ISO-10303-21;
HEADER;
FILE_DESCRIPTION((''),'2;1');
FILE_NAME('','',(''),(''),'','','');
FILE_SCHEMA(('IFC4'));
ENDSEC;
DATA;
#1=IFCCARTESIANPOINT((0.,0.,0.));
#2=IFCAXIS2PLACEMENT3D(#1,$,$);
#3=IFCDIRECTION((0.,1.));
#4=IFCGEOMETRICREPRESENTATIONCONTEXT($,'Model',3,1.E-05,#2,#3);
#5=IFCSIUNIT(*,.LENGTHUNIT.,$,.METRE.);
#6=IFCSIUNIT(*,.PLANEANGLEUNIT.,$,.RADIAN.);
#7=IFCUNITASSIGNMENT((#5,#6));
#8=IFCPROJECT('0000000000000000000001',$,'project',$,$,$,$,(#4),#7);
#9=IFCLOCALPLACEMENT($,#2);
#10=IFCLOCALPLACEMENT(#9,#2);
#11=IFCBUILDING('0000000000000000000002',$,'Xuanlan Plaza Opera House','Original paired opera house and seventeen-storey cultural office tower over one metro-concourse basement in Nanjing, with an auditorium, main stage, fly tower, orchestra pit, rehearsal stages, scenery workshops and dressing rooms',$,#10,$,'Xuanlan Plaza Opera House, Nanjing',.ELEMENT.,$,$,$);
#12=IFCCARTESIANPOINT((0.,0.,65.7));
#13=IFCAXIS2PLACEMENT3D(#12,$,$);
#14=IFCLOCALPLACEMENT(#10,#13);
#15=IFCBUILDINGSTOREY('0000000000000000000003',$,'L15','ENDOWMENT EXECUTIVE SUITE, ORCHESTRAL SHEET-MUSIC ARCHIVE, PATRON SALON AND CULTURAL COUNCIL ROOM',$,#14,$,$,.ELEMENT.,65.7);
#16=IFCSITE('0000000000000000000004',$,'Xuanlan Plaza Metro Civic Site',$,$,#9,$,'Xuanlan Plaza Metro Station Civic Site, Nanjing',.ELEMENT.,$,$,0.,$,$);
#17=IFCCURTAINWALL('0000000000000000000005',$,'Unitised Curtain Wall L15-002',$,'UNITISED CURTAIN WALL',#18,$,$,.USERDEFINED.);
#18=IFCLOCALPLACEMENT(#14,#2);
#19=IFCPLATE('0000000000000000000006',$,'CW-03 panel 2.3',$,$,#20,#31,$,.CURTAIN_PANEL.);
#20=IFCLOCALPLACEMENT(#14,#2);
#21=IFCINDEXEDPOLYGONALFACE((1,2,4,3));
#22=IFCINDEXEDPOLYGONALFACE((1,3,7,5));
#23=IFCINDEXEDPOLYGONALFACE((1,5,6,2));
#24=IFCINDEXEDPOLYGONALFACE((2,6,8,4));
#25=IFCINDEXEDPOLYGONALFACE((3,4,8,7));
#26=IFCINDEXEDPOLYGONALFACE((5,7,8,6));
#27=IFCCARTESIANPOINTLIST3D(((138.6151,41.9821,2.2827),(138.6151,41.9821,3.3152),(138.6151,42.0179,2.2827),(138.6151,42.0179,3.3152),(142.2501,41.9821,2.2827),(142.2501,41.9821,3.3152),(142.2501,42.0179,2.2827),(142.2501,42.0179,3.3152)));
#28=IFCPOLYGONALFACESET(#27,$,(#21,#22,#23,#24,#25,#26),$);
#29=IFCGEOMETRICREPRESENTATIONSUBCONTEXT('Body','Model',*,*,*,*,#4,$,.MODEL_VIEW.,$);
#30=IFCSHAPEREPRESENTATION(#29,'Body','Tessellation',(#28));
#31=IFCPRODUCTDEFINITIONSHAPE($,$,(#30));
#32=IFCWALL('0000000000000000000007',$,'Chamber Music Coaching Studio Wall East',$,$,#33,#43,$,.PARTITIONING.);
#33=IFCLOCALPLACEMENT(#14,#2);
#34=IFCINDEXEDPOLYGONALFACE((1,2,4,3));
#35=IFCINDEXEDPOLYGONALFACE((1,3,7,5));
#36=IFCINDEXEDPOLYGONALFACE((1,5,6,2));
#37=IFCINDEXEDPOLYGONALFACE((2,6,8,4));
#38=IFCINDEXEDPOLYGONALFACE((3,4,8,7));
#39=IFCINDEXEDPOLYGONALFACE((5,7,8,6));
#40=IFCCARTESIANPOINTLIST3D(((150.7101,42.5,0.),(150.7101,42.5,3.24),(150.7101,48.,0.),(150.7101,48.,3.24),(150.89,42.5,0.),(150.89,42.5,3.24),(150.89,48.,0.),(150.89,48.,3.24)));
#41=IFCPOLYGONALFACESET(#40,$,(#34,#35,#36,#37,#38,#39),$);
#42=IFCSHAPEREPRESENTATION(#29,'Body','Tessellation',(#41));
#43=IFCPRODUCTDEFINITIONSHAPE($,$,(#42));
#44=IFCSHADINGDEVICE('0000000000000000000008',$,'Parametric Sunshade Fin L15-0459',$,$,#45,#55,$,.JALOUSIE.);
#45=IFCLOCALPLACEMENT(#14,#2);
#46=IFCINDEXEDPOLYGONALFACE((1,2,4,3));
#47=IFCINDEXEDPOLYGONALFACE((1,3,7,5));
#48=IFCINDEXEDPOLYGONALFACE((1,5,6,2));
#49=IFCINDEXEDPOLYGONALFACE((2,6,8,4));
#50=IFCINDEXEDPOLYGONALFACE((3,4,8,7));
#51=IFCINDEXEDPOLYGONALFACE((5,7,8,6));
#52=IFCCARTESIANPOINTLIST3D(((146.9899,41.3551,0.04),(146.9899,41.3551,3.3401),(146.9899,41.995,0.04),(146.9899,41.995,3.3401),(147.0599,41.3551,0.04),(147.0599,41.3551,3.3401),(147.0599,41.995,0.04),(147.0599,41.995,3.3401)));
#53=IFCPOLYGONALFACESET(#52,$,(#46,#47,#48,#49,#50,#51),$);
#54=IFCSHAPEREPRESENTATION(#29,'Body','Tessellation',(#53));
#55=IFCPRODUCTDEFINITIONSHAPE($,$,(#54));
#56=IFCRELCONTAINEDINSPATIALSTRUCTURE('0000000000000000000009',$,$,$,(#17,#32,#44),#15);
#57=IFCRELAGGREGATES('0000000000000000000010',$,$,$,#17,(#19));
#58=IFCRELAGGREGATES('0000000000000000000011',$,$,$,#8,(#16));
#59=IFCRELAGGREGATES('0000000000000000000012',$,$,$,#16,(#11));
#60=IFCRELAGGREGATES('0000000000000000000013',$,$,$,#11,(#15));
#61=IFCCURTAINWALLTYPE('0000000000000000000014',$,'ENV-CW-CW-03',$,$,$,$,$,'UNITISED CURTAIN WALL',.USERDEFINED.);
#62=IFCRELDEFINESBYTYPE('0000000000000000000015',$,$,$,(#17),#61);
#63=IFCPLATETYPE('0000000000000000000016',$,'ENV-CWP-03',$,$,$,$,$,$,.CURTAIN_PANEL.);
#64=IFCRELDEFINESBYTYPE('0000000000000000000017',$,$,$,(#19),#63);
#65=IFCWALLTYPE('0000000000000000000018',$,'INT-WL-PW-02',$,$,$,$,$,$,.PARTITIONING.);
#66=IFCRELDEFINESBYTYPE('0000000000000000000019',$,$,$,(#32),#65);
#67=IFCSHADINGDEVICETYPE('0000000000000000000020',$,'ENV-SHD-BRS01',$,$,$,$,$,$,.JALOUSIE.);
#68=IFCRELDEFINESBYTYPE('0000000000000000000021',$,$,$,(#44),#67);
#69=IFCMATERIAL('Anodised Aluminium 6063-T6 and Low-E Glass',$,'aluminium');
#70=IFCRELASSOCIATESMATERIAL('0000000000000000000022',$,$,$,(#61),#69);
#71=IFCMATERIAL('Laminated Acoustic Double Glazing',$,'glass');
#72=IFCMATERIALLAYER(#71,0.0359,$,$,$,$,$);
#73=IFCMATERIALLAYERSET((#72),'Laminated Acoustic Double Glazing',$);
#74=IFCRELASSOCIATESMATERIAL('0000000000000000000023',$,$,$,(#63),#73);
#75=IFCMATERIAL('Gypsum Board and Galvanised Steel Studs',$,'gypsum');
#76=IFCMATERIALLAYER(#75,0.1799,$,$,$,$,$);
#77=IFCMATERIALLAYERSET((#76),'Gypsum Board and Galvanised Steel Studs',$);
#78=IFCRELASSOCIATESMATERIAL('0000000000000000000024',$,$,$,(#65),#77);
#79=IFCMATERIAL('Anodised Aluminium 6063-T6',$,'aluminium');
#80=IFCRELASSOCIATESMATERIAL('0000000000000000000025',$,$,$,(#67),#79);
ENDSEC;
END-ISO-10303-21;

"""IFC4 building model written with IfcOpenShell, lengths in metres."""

from ifc_helpers import new_model, si_unit, direction, frame, frame_2d, origin, origin_2d, place, context, subcontext, project, spatial, rectangle, extrude, material, layer, layer_set, type_object, element, aggregate, save


model = new_model("IFC4")

# Units and contexts
model_context = context("Model", 3, precision=1e-05, world=origin(), true_north=direction((0.0, 1.0)))
body_context = subcontext(model_context, "Body", "Model", "MODEL_VIEW")
ifc_project = project(units=[si_unit("LENGTHUNIT", "METRE"), si_unit("PLANEANGLEUNIT", "RADIAN")], contexts=[model_context])

# Site, building, storey
site_placement = place(None, origin())
site = spatial("IfcSite", under=ifc_project, at=site_placement, Name="Xuanlan Plaza Metro Civic Site", LongName="Xuanlan Plaza Metro Station Civic Site, Nanjing", CompositionType="ELEMENT", RefElevation=0.0)
building_placement = place(site_placement, origin())
building = spatial("IfcBuilding", under=site, at=building_placement, Name="Xuanlan Plaza Opera House", Description="Original paired opera house and seventeen-storey cultural office tower over one metro-concourse basement in Nanjing, with an auditorium, main stage, fly tower, orchestra pit, rehearsal stages, scenery workshops and dressing rooms", LongName="Xuanlan Plaza Opera House, Nanjing", CompositionType="ELEMENT")
storey_placement = place(building_placement, frame((0.0, 0.0, 65.7)))
storey = spatial("IfcBuildingStorey", under=building, at=storey_placement, Name="L15", Description="ENDOWMENT EXECUTIVE SUITE, ORCHESTRAL SHEET-MUSIC ARCHIVE, PATRON SALON AND CULTURAL COUNCIL ROOM", CompositionType="ELEMENT", Elevation=65.7)

# Curtain wall
ifc_material_1 = material(Name="Anodised Aluminium 6063-T6 and Low-E Glass", Category="aluminium")
curtain_wall_type_1 = type_object("IfcCurtainWallType", Name="ENV-CW-CW-03", ElementType="UNITISED CURTAIN WALL", PredefinedType="USERDEFINED", material=ifc_material_1)
curtain_wall_1_placement = place(storey_placement, origin())
curtain_wall_1 = element("IfcCurtainWall", 1, at=curtain_wall_1_placement, inside=storey, type_object=curtain_wall_type_1, Name="Unitised Curtain Wall L15-002", ObjectType="UNITISED CURTAIN WALL", PredefinedType="USERDEFINED")
ifc_material_2 = material(Name="Anodised Aluminium 6063-T6", Category="aluminium")

# Plate
ifc_material_3 = material(Name="Laminated Acoustic Double Glazing", Category="glass")
ifc_layer_1 = layer(ifc_material_3, 0.0359)
ifc_layer_set_1 = layer_set([ifc_layer_1], Name="Laminated Acoustic Double Glazing")
plate_type_1 = type_object("IfcPlateType", Name="ENV-CWP-03", PredefinedType="CURTAIN_PANEL", material=ifc_layer_set_1)
plate_1_placement = place(storey_placement, frame((140.4326, 42.0, 2.2827), z_axis=(0.0, 0.0, 1.0), x_axis=(1.0, 0.0, 0.0)))
plate_1 = element("IfcPlate", 2, at=plate_1_placement, type_object=plate_type_1, Name="CW-03 panel 2.3", PredefinedType="CURTAIN_PANEL", context=body_context, shape_type="SweptSolid", body=[
    extrude(rectangle(XDim=3.635, YDim=0.0359, at=origin_2d()), origin(), (0.0, 0.0, 1.0), 1.0325),
])
aggregate(curtain_wall_1, [plate_1])

# Wall
ifc_material_4 = material(Name="Gypsum Board and Galvanised Steel Studs", Category="gypsum")
ifc_layer_2 = layer(ifc_material_4, 0.1799)
ifc_layer_set_2 = layer_set([ifc_layer_2], Name="Gypsum Board and Galvanised Steel Studs")
wall_type = type_object("IfcWallType", Name="INT-WL-PW-02", PredefinedType="PARTITIONING", material=ifc_layer_set_2)
wall_placement = place(storey_placement, frame((150.8, 42.5, 0.0), z_axis=(0.0, 0.0, 1.0), x_axis=(0.0, 1.0, 0.0)))
element("IfcWall", 3, at=wall_placement, inside=storey, type_object=wall_type, Name="Chamber Music Coaching Studio Wall East", PredefinedType="PARTITIONING", context=body_context, shape_type="SweptSolid", body=[
    extrude(rectangle(XDim=5.5, YDim=0.1799, at=frame_2d((2.75, 0.0))), origin(), (0.0, 0.0, 1.0), 3.24),
])

# Shading device
shading_device_type = type_object("IfcShadingDeviceType", Name="ENV-SHD-BRS01", PredefinedType="JALOUSIE", material=ifc_material_2)
shading_device_placement = place(storey_placement, frame((147.0249, 41.675, 0.04), z_axis=(0.0, 0.0, 1.0), x_axis=(0.0, -1.0, 0.0)))
element("IfcShadingDevice", 4, at=shading_device_placement, inside=storey, type_object=shading_device_type, Name="Parametric Sunshade Fin L15-0459", PredefinedType="JALOUSIE", context=body_context, shape_type="SweptSolid", body=[
    extrude(rectangle(XDim=0.6399, YDim=0.0701, at=origin_2d()), origin(), (0.0, 0.0, 1.0), 3.3),
])

save(model, "model.ifc")
